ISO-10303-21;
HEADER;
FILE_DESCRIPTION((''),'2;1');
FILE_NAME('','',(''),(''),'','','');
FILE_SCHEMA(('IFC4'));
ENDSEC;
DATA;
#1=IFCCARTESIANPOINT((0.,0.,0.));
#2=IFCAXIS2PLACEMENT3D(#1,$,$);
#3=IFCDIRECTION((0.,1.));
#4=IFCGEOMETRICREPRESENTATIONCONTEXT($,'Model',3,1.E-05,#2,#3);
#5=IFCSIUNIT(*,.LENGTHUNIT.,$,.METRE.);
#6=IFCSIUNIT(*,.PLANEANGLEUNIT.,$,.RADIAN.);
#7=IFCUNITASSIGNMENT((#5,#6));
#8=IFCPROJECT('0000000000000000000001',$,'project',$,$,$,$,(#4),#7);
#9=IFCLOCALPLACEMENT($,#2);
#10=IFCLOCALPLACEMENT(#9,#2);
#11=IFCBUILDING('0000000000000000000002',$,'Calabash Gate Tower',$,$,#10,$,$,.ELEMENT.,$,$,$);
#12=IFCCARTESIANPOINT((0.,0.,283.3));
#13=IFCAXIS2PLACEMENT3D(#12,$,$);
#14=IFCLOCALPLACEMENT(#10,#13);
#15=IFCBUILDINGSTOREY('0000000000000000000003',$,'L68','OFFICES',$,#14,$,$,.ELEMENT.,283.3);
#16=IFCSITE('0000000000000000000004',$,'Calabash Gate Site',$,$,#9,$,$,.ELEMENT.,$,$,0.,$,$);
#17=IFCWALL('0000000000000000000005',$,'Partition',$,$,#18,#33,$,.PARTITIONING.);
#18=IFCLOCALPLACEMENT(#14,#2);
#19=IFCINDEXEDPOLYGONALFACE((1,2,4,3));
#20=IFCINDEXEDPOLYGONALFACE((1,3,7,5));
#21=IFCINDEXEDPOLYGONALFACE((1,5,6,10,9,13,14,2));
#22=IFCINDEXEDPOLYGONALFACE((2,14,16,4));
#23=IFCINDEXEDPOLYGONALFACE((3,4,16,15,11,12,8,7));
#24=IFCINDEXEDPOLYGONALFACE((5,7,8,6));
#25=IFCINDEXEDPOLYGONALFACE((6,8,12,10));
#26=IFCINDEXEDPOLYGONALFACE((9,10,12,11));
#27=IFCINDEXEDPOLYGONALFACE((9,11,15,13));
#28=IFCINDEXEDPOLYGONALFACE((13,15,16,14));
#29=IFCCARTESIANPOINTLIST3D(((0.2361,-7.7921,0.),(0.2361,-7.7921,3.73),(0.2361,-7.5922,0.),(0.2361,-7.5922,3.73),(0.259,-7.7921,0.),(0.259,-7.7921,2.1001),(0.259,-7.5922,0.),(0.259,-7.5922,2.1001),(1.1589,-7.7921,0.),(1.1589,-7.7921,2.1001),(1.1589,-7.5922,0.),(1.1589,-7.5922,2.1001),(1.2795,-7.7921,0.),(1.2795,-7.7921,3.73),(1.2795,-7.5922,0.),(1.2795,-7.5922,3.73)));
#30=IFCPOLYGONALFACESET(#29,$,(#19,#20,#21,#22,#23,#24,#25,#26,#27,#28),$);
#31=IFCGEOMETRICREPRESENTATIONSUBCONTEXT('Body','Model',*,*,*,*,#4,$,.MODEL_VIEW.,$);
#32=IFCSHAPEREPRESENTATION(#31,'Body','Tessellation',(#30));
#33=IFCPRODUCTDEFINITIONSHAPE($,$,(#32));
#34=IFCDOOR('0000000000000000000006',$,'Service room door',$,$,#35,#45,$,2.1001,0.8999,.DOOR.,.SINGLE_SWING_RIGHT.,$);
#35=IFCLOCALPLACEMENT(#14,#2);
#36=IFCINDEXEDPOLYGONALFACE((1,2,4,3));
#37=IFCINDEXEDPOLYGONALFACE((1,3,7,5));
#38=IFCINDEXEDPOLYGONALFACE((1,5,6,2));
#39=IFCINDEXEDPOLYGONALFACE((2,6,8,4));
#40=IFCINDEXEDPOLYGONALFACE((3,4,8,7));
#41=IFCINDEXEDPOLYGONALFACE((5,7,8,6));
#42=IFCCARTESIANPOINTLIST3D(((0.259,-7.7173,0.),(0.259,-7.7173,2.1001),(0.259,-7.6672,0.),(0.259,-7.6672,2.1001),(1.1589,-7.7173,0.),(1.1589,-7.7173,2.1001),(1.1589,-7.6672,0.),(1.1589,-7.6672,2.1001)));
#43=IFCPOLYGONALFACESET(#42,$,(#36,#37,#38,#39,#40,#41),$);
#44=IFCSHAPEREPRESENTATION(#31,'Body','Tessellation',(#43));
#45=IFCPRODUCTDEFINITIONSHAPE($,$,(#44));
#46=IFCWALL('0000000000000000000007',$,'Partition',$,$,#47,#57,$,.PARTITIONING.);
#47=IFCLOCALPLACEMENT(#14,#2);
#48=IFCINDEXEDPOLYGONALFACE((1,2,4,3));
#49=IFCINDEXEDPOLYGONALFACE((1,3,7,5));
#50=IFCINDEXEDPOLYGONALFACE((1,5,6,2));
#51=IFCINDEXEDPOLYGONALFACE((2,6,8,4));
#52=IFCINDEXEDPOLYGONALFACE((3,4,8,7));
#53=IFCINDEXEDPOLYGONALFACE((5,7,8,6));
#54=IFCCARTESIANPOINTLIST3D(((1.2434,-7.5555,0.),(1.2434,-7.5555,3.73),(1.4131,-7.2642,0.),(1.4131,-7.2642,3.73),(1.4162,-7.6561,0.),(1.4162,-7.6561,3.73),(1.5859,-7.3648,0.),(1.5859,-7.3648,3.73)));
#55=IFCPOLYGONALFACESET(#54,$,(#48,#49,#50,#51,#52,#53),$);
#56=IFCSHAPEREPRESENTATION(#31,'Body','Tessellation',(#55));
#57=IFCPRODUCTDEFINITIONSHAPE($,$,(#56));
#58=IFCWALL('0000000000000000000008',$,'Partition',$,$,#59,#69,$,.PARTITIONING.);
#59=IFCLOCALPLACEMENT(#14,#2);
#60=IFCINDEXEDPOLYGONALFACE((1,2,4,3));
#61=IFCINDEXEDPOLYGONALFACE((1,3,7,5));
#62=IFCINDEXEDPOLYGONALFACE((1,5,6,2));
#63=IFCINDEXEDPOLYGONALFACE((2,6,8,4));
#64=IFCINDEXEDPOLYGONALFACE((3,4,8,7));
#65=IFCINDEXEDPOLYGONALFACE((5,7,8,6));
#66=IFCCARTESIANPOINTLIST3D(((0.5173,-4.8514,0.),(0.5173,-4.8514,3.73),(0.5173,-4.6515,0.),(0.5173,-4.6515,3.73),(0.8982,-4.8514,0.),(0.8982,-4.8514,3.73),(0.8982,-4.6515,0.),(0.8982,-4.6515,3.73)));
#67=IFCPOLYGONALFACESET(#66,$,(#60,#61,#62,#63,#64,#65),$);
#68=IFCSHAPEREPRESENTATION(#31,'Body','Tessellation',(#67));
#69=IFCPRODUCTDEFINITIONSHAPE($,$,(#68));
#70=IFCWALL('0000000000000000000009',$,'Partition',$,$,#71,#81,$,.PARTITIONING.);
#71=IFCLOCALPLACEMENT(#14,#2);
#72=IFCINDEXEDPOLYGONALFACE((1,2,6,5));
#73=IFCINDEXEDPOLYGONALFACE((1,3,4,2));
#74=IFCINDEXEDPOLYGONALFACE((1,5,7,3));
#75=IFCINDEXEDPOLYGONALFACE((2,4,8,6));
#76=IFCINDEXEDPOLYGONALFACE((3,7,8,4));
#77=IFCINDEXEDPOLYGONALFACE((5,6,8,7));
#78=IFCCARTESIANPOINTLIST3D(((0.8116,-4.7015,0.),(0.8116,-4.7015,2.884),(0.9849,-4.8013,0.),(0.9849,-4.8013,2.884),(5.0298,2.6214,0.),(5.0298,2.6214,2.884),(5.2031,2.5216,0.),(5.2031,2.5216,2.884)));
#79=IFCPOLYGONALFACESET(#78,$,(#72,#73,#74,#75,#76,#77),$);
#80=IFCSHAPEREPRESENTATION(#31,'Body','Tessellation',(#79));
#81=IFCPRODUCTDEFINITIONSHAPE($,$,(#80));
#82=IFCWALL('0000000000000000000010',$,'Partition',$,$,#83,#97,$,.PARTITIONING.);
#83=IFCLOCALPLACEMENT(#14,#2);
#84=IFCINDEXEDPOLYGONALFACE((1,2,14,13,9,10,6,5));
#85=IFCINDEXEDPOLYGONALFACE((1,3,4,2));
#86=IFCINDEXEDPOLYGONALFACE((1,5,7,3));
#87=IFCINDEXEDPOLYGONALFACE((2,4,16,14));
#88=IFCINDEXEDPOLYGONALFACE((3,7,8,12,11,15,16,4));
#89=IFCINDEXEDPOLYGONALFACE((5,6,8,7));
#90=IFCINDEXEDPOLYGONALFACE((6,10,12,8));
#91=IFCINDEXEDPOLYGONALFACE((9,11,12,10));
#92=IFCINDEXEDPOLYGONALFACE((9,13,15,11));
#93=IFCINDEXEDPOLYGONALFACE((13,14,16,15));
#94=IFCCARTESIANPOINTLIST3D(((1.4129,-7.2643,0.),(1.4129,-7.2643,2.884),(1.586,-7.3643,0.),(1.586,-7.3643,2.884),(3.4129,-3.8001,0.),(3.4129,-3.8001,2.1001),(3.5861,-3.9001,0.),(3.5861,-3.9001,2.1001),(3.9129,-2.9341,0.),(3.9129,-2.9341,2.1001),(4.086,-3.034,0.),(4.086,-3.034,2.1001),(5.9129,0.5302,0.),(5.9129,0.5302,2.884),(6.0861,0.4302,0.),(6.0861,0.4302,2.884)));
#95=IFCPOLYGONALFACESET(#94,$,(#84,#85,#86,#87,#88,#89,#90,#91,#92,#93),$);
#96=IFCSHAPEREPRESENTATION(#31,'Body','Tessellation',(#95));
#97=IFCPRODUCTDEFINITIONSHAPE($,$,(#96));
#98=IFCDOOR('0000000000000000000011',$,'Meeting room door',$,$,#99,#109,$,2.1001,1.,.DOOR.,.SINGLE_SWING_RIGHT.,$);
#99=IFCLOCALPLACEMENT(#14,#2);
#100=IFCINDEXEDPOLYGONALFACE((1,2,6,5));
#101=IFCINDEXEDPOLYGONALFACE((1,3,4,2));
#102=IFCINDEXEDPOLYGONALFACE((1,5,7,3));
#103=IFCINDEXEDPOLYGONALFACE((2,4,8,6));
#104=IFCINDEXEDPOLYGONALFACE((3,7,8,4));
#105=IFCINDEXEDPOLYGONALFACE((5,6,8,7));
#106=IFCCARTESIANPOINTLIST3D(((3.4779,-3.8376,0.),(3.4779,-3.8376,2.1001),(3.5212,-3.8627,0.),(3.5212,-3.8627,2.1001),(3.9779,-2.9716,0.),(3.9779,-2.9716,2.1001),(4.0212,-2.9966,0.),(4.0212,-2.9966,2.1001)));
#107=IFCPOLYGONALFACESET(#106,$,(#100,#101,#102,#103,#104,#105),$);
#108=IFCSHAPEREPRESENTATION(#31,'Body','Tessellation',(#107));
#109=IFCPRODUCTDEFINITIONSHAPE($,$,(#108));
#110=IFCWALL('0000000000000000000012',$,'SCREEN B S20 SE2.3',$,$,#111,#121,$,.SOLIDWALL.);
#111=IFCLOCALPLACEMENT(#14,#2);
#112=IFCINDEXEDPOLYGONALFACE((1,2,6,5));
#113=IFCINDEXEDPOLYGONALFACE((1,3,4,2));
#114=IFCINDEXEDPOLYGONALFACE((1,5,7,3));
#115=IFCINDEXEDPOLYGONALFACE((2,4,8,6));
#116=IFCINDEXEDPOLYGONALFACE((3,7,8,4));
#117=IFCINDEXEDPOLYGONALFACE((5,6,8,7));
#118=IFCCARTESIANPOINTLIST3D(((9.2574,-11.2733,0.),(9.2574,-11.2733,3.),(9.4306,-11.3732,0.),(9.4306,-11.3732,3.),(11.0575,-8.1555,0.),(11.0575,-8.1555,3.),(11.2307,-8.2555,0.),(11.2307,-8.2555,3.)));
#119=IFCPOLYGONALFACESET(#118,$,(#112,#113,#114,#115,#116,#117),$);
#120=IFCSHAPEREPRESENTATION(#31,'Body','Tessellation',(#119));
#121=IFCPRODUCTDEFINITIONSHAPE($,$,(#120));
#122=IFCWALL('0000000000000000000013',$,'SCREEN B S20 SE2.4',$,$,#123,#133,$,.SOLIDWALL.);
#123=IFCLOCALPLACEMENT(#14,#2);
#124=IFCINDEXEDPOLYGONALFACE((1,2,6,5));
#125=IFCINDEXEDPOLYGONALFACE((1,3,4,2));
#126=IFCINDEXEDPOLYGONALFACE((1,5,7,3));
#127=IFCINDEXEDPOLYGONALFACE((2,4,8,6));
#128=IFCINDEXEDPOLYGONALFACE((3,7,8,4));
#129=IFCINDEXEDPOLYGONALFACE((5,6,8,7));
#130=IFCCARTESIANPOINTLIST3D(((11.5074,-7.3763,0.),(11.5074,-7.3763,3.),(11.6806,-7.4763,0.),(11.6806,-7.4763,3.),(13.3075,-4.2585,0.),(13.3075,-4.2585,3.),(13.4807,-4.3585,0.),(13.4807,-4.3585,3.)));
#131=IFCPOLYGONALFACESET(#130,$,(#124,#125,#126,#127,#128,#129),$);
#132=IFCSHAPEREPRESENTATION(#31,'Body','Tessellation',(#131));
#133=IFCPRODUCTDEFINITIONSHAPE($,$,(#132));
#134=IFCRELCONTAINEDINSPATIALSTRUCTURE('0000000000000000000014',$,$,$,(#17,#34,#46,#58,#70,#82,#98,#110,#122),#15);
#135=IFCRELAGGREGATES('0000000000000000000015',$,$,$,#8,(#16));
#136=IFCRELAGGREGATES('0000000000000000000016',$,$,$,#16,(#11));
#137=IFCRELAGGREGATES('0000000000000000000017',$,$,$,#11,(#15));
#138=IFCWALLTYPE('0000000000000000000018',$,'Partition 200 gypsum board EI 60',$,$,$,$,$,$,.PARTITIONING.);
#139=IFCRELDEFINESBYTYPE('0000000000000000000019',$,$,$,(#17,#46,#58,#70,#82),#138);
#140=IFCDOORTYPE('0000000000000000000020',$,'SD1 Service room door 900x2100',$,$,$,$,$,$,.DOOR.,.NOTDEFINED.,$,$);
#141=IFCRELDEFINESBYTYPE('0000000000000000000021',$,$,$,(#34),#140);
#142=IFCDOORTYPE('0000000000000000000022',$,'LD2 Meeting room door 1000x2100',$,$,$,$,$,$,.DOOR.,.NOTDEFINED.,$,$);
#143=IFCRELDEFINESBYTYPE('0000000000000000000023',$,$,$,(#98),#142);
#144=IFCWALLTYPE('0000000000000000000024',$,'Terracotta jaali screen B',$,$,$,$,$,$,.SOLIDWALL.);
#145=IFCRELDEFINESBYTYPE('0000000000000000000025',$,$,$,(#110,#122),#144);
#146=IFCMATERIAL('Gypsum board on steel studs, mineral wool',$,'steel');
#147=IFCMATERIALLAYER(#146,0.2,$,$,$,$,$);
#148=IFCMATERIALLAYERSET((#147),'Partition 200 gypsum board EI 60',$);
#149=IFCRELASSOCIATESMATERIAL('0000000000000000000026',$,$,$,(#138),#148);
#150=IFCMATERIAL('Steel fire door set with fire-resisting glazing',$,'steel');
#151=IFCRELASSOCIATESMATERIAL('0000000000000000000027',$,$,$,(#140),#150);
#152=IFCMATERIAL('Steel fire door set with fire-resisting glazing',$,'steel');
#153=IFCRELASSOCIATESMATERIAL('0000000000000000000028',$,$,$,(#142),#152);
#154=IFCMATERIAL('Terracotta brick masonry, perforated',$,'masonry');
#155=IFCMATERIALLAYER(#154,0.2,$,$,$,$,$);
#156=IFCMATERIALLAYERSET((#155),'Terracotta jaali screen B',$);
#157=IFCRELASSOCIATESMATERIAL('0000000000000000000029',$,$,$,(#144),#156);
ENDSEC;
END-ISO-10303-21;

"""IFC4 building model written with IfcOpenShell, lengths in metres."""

from ifc_helpers import new_model, si_unit, direction, frame, frame_2d, origin, place, context, subcontext, project, spatial, rectangle, extrude, material, layer, layer_set, type_object, element, fill, save


model = new_model("IFC4")

# Units and contexts
model_context = context("Model", 3, precision=1e-05, world=origin(), true_north=direction((0.0, 1.0)))
body_context = subcontext(model_context, "Body", "Model", "MODEL_VIEW")
ifc_project = project(units=[si_unit("LENGTHUNIT", "METRE"), si_unit("PLANEANGLEUNIT", "RADIAN")], contexts=[model_context])

# Site, building, storey
site_placement = place(None, origin())
site = spatial("IfcSite", under=ifc_project, at=site_placement, Name="Calabash Gate Site", CompositionType="ELEMENT", RefElevation=0.0)
building_placement = place(site_placement, origin())
building = spatial("IfcBuilding", under=site, at=building_placement, Name="Calabash Gate Tower", CompositionType="ELEMENT")
storey_placement = place(building_placement, frame((0.0, 0.0, 283.3)))
storey = spatial("IfcBuildingStorey", under=building, at=storey_placement, Name="L68", Description="OFFICES", CompositionType="ELEMENT", Elevation=283.3)

# Shared definitions
ifc_material_1 = material(Name="Gypsum board on steel studs, mineral wool", Category="steel")
ifc_layer_1 = layer(ifc_material_1, 0.2)
ifc_layer_set_1 = layer_set([ifc_layer_1], Name="Partition 200 gypsum board EI 60")
wall_type_1 = type_object("IfcWallType", Name="Partition 200 gypsum board EI 60", PredefinedType="PARTITIONING", material=ifc_layer_set_1)

# Wall, opening, door
wall_1_placement = place(storey_placement, frame((0.2361, -7.6921, 0.0), z_axis=(0.0, 0.0, 1.0), x_axis=(1.0, 0.0, 0.0)))
wall_1 = element("IfcWall", 1, at=wall_1_placement, inside=storey, type_object=wall_type_1, Name="Partition", PredefinedType="PARTITIONING", context=body_context, shape_type="SweptSolid", body=[
    extrude(rectangle(XDim=1.0435, YDim=0.2, at=frame_2d((0.5217, 0.0))), origin(), (0.0, 0.0, 1.0), 3.73),
])
opening_1_placement = place(wall_1_placement, frame((0.0229, 0.0, 0.0)))
opening_1 = element("IfcOpeningElement", 2, at=opening_1_placement, cuts=wall_1, PredefinedType="OPENING", context=body_context, shape_type="SweptSolid", body=[
    extrude(rectangle(XDim=0.8999, YDim=2.1001, at=frame_2d((0.45, 1.05))), frame((0.0, 0.1099, 0.0), z_axis=(0.0, -1.0, 0.0), x_axis=(1.0, 0.0, 0.0)), (0.0, 0.0, 1.0), 0.22),
])
ifc_material_2 = material(Name="Steel fire door set with fire-resisting glazing", Category="steel")
door_type_1 = type_object("IfcDoorType", Name="SD1 Service room door 900x2100", OperationType="NOTDEFINED", PredefinedType="DOOR", material=ifc_material_2)
door_1_placement = place(opening_1_placement, origin())
door_1 = element("IfcDoor", 3, at=door_1_placement, inside=storey, type_object=door_type_1, Name="Service room door", OperationType="SINGLE_SWING_RIGHT", OverallHeight=2.1001, OverallWidth=0.8999, PredefinedType="DOOR", context=body_context, shape_type="SweptSolid", body=[
    extrude(rectangle(XDim=0.8999, YDim=2.1001, at=frame_2d((0.45, 1.05))), frame((0.0, 0.0249, 0.0), z_axis=(0.0, -1.0, 0.0), x_axis=(1.0, 0.0, 0.0)), (0.0, 0.0, 1.0), 0.05),
])
fill(opening_1, door_1)

# Walls
wall_2_placement = place(storey_placement, frame((1.3298, -7.6057, 0.0), z_axis=(0.0, 0.0, 1.0), x_axis=(0.503376, 0.864068, 0.0)))
element("IfcWall", 4, at=wall_2_placement, inside=storey, type_object=wall_type_1, Name="Partition", PredefinedType="PARTITIONING", context=body_context, shape_type="SweptSolid", body=[
    extrude(rectangle(XDim=0.3372, YDim=0.2, at=frame_2d((0.1685, 0.0))), origin(), (0.0, 0.0, 1.0), 3.73),
])
wall_3_placement = place(storey_placement, frame((0.5173, -4.7515, 0.0), z_axis=(0.0, 0.0, 1.0), x_axis=(1.0, 0.0, 0.0)))
element("IfcWall", 5, at=wall_3_placement, inside=storey, type_object=wall_type_1, Name="Partition", PredefinedType="PARTITIONING", context=body_context, shape_type="SweptSolid", body=[
    extrude(rectangle(XDim=0.3809, YDim=0.2, at=frame_2d((0.1904, 0.0))), origin(), (0.0, 0.0, 1.0), 3.73),
])
wall_4_placement = place(storey_placement, frame((0.8982, -4.7515, 0.0), z_axis=(0.0, 0.0, 1.0), x_axis=(0.499141, 0.866521, 0.0)))
element("IfcWall", 6, at=wall_4_placement, inside=storey, type_object=wall_type_1, Name="Partition", PredefinedType="PARTITIONING", context=body_context, shape_type="SweptSolid", body=[
    extrude(rectangle(XDim=8.4509, YDim=0.2, at=frame_2d((4.2256, 0.0))), origin(), (0.0, 0.0, 1.0), 2.884),
])

# Wall, opening, door
wall_5_placement = place(storey_placement, frame((1.4995, -7.3142, 0.0), z_axis=(0.0, 0.0, 1.0), x_axis=(0.49999, 0.866031, 0.0)))
wall_5 = element("IfcWall", 7, at=wall_5_placement, inside=storey, type_object=wall_type_1, Name="Partition", PredefinedType="PARTITIONING", context=body_context, shape_type="SweptSolid", body=[
    extrude(rectangle(XDim=9.0002, YDim=0.2, at=frame_2d((4.5, 0.0))), origin(), (0.0, 0.0, 1.0), 2.884),
])
opening_2_placement = place(wall_5_placement, frame((4.0, 0.0, 0.0)))
opening_2 = element("IfcOpeningElement", 8, at=opening_2_placement, cuts=wall_5, PredefinedType="OPENING", context=body_context, shape_type="SweptSolid", body=[
    extrude(rectangle(XDim=1.0, YDim=2.1001, at=frame_2d((0.5, 1.05))), frame((0.0, 0.1099, 0.0), z_axis=(0.0, -1.0, 0.0), x_axis=(1.0, 0.0, 0.0)), (0.0, 0.0, 1.0), 0.22),
])
ifc_material_3 = material(Name="Steel fire door set with fire-resisting glazing", Category="steel")
door_type_2 = type_object("IfcDoorType", Name="LD2 Meeting room door 1000x2100", OperationType="NOTDEFINED", PredefinedType="DOOR", material=ifc_material_3)
door_2_placement = place(opening_2_placement, origin())
door_2 = element("IfcDoor", 9, at=door_2_placement, inside=storey, type_object=door_type_2, Name="Meeting room door", OperationType="SINGLE_SWING_RIGHT", OverallHeight=2.1001, OverallWidth=1.0, PredefinedType="DOOR", context=body_context, shape_type="SweptSolid", body=[
    extrude(rectangle(XDim=1.0, YDim=2.1001, at=frame_2d((0.5, 1.05))), frame((0.0, 0.0249, 0.0), z_axis=(0.0, -1.0, 0.0), x_axis=(1.0, 0.0, 0.0)), (0.0, 0.0, 1.0), 0.05),
])
fill(opening_2, door_2)

# Walls
ifc_material_4 = material(Name="Terracotta brick masonry, perforated", Category="masonry")
ifc_layer_2 = layer(ifc_material_4, 0.2)
ifc_layer_set_2 = layer_set([ifc_layer_2], Name="Terracotta jaali screen B")
wall_type_2 = type_object("IfcWallType", Name="Terracotta jaali screen B", PredefinedType="SOLIDWALL", material=ifc_layer_set_2)
for number, where, z_axis, x_axis, name in (
    (10, (9.344, -11.3232, 0.0), (0.0, 0.0, 1.0), (0.500012, 0.866018, 0.0), "SCREEN B S20 SE2.3"),
    (11, (11.594, -7.4263, 0.0), (0.0, 0.0, 1.0), (0.500012, 0.866018, 0.0), "SCREEN B S20 SE2.4"),
):
    element("IfcWall", number, at=place(storey_placement, frame(where, z_axis=z_axis, x_axis=x_axis)), inside=storey, type_object=wall_type_2, Name=name, PredefinedType="SOLIDWALL", context=body_context, shape_type="SweptSolid", body=[
        extrude(rectangle(XDim=3.6001, YDim=0.2, at=frame_2d((1.8, 0.0))), origin(), (0.0, 0.0, 1.0), 3.0),
    ])

save(model, "model.ifc")
